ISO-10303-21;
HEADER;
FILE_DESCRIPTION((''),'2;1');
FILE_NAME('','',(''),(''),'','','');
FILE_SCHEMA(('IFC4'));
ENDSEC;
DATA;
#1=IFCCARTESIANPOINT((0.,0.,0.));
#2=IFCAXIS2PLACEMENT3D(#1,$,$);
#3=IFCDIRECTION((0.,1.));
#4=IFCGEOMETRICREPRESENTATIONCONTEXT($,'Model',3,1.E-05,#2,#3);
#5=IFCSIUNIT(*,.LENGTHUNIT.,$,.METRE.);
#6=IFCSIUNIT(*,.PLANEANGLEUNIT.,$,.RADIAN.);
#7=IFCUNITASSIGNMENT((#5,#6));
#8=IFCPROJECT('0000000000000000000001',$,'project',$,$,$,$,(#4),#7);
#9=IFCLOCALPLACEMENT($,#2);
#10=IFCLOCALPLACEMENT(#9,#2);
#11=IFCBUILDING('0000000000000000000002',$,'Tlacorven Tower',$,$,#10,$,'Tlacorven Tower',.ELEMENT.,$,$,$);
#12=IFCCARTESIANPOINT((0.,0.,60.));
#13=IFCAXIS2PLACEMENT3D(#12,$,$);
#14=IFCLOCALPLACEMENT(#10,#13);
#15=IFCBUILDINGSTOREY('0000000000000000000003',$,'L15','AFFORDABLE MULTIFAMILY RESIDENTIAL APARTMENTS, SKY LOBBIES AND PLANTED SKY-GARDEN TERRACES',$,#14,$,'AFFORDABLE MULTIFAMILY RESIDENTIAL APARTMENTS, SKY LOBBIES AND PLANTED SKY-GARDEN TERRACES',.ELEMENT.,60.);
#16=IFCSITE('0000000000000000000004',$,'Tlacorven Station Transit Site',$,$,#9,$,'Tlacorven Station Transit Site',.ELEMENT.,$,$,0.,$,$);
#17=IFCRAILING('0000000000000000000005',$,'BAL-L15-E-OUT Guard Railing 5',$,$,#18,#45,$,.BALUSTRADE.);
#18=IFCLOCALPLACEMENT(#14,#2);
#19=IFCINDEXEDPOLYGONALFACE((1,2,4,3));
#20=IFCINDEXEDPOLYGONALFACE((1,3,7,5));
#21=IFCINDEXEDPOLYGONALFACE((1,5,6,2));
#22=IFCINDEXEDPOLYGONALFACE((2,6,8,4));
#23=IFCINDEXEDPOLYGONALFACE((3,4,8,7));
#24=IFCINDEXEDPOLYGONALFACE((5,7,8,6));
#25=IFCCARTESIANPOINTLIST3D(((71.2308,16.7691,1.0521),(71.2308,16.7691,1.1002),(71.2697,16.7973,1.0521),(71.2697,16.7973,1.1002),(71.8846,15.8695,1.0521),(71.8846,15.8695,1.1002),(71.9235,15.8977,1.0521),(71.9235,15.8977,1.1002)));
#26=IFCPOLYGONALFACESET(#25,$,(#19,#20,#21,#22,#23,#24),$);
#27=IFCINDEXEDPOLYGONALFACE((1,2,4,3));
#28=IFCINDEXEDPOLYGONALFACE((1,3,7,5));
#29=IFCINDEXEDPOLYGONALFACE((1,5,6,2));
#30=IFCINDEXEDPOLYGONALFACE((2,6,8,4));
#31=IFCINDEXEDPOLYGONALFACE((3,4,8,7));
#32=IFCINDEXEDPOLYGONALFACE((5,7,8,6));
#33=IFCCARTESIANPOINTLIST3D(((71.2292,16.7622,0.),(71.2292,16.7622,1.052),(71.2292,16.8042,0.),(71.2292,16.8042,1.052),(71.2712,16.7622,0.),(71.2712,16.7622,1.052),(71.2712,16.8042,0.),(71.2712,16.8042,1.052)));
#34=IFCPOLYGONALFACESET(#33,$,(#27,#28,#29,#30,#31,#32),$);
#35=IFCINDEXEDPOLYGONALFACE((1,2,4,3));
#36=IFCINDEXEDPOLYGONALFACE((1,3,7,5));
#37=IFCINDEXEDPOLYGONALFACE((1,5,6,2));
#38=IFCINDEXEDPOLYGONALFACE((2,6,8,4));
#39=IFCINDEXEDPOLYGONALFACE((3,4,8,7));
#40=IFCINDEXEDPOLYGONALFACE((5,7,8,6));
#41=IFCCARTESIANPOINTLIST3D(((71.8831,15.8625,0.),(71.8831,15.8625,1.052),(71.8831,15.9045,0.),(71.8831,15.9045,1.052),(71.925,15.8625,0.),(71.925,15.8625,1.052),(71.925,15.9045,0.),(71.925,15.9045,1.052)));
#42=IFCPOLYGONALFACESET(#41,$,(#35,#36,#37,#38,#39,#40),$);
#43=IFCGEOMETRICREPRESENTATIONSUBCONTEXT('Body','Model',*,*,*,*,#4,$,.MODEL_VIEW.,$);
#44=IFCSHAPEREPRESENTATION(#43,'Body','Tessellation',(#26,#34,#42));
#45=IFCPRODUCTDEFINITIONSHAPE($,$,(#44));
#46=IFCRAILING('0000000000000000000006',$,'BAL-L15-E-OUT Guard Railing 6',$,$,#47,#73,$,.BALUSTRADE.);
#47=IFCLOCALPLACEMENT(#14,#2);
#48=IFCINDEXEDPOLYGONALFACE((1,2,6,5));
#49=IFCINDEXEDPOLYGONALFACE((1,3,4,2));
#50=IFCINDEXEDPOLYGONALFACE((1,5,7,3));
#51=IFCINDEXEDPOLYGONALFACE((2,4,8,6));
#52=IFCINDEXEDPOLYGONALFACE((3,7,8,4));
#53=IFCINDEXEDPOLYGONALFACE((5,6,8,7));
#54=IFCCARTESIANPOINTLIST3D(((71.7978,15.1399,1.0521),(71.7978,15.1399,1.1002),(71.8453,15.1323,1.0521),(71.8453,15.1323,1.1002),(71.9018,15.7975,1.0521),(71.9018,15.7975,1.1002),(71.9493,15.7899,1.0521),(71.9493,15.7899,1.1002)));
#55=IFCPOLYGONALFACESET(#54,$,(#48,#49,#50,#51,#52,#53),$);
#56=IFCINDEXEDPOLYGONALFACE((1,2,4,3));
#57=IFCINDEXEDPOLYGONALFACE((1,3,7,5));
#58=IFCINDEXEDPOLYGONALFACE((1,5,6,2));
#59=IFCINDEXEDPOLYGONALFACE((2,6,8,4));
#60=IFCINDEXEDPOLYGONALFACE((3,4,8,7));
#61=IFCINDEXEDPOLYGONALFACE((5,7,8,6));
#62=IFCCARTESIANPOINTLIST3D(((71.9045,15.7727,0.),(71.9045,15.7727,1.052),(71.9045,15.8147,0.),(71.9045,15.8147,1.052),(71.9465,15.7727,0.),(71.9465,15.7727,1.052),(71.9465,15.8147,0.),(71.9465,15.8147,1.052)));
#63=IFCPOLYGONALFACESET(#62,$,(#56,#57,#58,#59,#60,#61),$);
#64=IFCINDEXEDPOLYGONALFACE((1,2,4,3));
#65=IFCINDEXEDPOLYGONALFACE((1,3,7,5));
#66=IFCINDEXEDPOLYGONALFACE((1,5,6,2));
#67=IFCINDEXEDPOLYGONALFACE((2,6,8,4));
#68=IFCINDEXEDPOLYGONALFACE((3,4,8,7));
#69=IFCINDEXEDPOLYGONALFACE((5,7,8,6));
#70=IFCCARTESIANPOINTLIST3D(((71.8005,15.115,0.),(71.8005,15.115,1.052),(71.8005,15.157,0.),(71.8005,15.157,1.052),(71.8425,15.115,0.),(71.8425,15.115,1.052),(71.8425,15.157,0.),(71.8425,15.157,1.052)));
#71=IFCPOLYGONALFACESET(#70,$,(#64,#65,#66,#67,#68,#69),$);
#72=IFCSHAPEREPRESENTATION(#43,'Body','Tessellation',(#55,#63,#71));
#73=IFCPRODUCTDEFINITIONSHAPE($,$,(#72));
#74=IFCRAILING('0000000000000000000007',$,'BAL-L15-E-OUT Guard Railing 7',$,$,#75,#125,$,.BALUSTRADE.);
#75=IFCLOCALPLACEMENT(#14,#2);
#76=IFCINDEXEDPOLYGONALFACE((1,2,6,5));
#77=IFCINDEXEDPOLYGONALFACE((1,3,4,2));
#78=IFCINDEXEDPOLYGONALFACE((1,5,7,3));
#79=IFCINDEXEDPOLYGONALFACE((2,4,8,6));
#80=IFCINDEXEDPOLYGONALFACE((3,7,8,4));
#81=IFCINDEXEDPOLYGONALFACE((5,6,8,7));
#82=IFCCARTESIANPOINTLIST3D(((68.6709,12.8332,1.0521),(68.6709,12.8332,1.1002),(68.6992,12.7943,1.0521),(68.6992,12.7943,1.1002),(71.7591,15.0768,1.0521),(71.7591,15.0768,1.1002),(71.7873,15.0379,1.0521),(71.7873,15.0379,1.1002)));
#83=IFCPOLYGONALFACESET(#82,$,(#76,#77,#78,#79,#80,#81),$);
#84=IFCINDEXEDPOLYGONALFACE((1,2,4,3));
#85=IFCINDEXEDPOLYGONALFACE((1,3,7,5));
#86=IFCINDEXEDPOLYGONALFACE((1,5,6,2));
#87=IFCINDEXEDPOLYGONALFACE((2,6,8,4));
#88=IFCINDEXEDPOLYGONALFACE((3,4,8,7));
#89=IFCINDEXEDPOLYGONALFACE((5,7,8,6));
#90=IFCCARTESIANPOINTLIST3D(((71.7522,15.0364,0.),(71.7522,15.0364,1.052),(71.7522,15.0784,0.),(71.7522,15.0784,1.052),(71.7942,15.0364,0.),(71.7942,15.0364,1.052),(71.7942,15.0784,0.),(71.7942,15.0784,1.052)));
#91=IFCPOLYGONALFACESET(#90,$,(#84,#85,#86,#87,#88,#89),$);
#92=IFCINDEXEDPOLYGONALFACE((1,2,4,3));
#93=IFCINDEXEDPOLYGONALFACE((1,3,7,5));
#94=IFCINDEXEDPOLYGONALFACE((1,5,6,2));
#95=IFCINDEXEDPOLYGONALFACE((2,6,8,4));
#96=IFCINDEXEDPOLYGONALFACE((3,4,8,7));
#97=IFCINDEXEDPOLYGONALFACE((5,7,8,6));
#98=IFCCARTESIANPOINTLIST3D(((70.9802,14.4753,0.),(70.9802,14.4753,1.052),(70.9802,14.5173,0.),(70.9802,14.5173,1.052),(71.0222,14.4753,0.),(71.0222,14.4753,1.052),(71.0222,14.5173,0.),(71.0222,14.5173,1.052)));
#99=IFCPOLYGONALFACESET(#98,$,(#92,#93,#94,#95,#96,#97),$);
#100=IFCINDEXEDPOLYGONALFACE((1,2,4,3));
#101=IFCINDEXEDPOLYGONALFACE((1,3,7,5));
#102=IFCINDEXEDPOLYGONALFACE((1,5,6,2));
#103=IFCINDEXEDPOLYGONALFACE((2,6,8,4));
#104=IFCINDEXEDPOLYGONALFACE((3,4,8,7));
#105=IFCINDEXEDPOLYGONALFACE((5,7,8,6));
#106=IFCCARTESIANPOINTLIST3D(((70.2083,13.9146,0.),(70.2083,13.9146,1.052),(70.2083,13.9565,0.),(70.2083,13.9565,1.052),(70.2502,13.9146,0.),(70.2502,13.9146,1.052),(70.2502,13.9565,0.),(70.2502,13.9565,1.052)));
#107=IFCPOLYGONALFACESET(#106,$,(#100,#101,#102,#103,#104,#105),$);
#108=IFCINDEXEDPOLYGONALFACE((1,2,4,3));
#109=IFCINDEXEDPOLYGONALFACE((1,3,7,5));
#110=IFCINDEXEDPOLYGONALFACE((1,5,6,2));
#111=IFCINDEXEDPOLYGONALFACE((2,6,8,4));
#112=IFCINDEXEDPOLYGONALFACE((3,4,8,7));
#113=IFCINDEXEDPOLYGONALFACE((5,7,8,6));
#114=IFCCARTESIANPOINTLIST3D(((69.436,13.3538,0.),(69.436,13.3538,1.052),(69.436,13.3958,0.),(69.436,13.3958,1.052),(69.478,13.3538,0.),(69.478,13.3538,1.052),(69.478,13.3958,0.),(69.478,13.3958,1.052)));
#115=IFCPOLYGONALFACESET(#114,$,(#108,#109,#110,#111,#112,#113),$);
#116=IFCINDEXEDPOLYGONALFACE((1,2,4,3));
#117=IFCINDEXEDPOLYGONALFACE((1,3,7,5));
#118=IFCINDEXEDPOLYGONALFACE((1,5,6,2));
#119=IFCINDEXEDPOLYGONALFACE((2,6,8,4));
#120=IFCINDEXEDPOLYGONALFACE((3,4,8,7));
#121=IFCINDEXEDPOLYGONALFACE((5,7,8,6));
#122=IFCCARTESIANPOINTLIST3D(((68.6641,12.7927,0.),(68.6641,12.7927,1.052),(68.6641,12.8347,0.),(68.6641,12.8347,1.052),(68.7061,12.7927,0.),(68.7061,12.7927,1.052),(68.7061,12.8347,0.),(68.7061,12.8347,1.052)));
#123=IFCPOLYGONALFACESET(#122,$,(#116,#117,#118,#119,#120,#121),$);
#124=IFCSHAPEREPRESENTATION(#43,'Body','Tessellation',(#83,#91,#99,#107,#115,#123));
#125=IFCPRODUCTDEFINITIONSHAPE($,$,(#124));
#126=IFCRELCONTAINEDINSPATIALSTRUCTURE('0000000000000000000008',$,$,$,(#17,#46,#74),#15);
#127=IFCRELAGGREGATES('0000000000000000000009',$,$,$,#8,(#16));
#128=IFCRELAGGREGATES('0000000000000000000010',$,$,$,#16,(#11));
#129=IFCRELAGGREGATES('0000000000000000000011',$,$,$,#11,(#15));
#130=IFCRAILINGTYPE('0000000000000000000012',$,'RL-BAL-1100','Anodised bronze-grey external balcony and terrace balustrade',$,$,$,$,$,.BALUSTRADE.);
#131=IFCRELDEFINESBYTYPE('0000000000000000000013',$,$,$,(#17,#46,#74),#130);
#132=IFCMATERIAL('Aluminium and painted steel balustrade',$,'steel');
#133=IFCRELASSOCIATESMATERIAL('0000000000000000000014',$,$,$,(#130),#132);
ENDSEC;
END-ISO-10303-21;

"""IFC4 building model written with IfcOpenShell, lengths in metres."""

from ifc_helpers import new_model, si_unit, direction, frame, origin, origin_2d, place, context, subcontext, project, spatial, rectangle, extrude, source, transform, mapped, material, type_object, element, save


model = new_model("IFC4")

# Units and contexts
model_context = context("Model", 3, precision=1e-05, world=origin(), true_north=direction((0.0, 1.0)))
body_context = subcontext(model_context, "Body", "Model", "MODEL_VIEW")
ifc_project = project(units=[si_unit("LENGTHUNIT", "METRE"), si_unit("PLANEANGLEUNIT", "RADIAN")], contexts=[model_context])

# Site, building, storey
site_placement = place(None, origin())
site = spatial("IfcSite", under=ifc_project, at=site_placement, Name="Tlacorven Station Transit Site", LongName="Tlacorven Station Transit Site", CompositionType="ELEMENT", RefElevation=0.0)
building_placement = place(site_placement, origin())
building = spatial("IfcBuilding", under=site, at=building_placement, Name="Tlacorven Tower", LongName="Tlacorven Tower", CompositionType="ELEMENT")
storey_placement = place(building_placement, frame((0.0, 0.0, 60.0)))
storey = spatial("IfcBuildingStorey", under=building, at=storey_placement, Name="L15", Description="AFFORDABLE MULTIFAMILY RESIDENTIAL APARTMENTS, SKY LOBBIES AND PLANTED SKY-GARDEN TERRACES", LongName="AFFORDABLE MULTIFAMILY RESIDENTIAL APARTMENTS, SKY LOBBIES AND PLANTED SKY-GARDEN TERRACES", CompositionType="ELEMENT", Elevation=60.0)

# Railings
ifc_material_1 = material(Name="Aluminium and painted steel balustrade", Category="steel")
railing_type = type_object("IfcRailingType", Name="RL-BAL-1100", Description="Anodised bronze-grey external balcony and terrace balustrade", PredefinedType="BALUSTRADE", material=ifc_material_1)
shared_shape_1 = source(origin(), body_context, "Body", "SweptSolid", [
    extrude(rectangle(XDim=0.0481, YDim=0.0481, at=origin_2d()), frame((0.0, 0.0, 1.0762), z_axis=(0.587884, -0.808945, 0.0), x_axis=(0.808945, 0.587884, 0.0)), (0.0, 0.0, 1.0), 1.1121),
    extrude(rectangle(XDim=0.042, YDim=0.042, at=origin_2d()), origin(), (0.0, 0.0, 1.0), 1.052),
    extrude(rectangle(XDim=0.042, YDim=0.042, at=origin_2d()), frame((0.6538, -0.8997, 0.0)), (0.0, 0.0, 1.0), 1.052),
])
railing_1_placement = place(storey_placement, frame((71.2502, 16.7832, 0.0)))
element("IfcRailing", 1, at=railing_1_placement, inside=storey, type_object=railing_type, Name="BAL-L15-E-OUT Guard Railing 5", PredefinedType="BALUSTRADE", context=body_context, shape_type="MappedRepresentation", body=[
    mapped(shared_shape_1, transform((0.0, 0.0, 0.0), scale=1.0)),
])
shared_shape_2 = source(origin(), body_context, "Body", "SweptSolid", [
    extrude(rectangle(XDim=0.0481, YDim=0.0481, at=origin_2d()), frame((0.0, 0.0, 1.0762), z_axis=(-0.156188, -0.987727, 0.0), x_axis=(0.987727, -0.156188, 0.0)), (0.0, 0.0, 1.0), 0.6658),
    extrude(rectangle(XDim=0.042, YDim=0.042, at=origin_2d()), origin(), (0.0, 0.0, 1.0), 1.052),
    extrude(rectangle(XDim=0.042, YDim=0.042, at=origin_2d()), frame((-0.104, -0.6577, 0.0)), (0.0, 0.0, 1.0), 1.052),
])
railing_2_placement = place(storey_placement, frame((71.9255, 15.7937, 0.0)))
element("IfcRailing", 2, at=railing_2_placement, inside=storey, type_object=railing_type, Name="BAL-L15-E-OUT Guard Railing 6", PredefinedType="BALUSTRADE", context=body_context, shape_type="MappedRepresentation", body=[
    mapped(shared_shape_2, transform((0.0, 0.0, 0.0), scale=1.0)),
])
shared_shape_3 = source(origin(), body_context, "Body", "SweptSolid", [
    extrude(rectangle(XDim=0.0481, YDim=0.0481, at=origin_2d()), frame((0.0, 0.0, 1.0762), z_axis=(-0.809018, -0.587784, 0.0), x_axis=(0.587784, -0.809018, 0.0)), (0.0, 0.0, 1.0), 3.8171),
    extrude(rectangle(XDim=0.042, YDim=0.042, at=origin_2d()), origin(), (0.0, 0.0, 1.0), 1.052),
    extrude(rectangle(XDim=0.042, YDim=0.042, at=origin_2d()), frame((-0.772, -0.561, 0.0)), (0.0, 0.0, 1.0), 1.052),
    extrude(rectangle(XDim=0.042, YDim=0.042, at=origin_2d()), frame((-1.5439, -1.1218, 0.0)), (0.0, 0.0, 1.0), 1.052),
    extrude(rectangle(XDim=0.042, YDim=0.042, at=origin_2d()), frame((-2.3162, -1.6826, 0.0)), (0.0, 0.0, 1.0), 1.052),
    extrude(rectangle(XDim=0.042, YDim=0.042, at=origin_2d()), frame((-3.0881, -2.2437, 0.0)), (0.0, 0.0, 1.0), 1.052),
])
railing_3_placement = place(storey_placement, frame((71.7732, 15.0574, 0.0)))
element("IfcRailing", 3, at=railing_3_placement, inside=storey, type_object=railing_type, Name="BAL-L15-E-OUT Guard Railing 7", PredefinedType="BALUSTRADE", context=body_context, shape_type="MappedRepresentation", body=[
    mapped(shared_shape_3, transform((0.0, 0.0, 0.0), scale=1.0)),
])

save(model, "model.ifc")
